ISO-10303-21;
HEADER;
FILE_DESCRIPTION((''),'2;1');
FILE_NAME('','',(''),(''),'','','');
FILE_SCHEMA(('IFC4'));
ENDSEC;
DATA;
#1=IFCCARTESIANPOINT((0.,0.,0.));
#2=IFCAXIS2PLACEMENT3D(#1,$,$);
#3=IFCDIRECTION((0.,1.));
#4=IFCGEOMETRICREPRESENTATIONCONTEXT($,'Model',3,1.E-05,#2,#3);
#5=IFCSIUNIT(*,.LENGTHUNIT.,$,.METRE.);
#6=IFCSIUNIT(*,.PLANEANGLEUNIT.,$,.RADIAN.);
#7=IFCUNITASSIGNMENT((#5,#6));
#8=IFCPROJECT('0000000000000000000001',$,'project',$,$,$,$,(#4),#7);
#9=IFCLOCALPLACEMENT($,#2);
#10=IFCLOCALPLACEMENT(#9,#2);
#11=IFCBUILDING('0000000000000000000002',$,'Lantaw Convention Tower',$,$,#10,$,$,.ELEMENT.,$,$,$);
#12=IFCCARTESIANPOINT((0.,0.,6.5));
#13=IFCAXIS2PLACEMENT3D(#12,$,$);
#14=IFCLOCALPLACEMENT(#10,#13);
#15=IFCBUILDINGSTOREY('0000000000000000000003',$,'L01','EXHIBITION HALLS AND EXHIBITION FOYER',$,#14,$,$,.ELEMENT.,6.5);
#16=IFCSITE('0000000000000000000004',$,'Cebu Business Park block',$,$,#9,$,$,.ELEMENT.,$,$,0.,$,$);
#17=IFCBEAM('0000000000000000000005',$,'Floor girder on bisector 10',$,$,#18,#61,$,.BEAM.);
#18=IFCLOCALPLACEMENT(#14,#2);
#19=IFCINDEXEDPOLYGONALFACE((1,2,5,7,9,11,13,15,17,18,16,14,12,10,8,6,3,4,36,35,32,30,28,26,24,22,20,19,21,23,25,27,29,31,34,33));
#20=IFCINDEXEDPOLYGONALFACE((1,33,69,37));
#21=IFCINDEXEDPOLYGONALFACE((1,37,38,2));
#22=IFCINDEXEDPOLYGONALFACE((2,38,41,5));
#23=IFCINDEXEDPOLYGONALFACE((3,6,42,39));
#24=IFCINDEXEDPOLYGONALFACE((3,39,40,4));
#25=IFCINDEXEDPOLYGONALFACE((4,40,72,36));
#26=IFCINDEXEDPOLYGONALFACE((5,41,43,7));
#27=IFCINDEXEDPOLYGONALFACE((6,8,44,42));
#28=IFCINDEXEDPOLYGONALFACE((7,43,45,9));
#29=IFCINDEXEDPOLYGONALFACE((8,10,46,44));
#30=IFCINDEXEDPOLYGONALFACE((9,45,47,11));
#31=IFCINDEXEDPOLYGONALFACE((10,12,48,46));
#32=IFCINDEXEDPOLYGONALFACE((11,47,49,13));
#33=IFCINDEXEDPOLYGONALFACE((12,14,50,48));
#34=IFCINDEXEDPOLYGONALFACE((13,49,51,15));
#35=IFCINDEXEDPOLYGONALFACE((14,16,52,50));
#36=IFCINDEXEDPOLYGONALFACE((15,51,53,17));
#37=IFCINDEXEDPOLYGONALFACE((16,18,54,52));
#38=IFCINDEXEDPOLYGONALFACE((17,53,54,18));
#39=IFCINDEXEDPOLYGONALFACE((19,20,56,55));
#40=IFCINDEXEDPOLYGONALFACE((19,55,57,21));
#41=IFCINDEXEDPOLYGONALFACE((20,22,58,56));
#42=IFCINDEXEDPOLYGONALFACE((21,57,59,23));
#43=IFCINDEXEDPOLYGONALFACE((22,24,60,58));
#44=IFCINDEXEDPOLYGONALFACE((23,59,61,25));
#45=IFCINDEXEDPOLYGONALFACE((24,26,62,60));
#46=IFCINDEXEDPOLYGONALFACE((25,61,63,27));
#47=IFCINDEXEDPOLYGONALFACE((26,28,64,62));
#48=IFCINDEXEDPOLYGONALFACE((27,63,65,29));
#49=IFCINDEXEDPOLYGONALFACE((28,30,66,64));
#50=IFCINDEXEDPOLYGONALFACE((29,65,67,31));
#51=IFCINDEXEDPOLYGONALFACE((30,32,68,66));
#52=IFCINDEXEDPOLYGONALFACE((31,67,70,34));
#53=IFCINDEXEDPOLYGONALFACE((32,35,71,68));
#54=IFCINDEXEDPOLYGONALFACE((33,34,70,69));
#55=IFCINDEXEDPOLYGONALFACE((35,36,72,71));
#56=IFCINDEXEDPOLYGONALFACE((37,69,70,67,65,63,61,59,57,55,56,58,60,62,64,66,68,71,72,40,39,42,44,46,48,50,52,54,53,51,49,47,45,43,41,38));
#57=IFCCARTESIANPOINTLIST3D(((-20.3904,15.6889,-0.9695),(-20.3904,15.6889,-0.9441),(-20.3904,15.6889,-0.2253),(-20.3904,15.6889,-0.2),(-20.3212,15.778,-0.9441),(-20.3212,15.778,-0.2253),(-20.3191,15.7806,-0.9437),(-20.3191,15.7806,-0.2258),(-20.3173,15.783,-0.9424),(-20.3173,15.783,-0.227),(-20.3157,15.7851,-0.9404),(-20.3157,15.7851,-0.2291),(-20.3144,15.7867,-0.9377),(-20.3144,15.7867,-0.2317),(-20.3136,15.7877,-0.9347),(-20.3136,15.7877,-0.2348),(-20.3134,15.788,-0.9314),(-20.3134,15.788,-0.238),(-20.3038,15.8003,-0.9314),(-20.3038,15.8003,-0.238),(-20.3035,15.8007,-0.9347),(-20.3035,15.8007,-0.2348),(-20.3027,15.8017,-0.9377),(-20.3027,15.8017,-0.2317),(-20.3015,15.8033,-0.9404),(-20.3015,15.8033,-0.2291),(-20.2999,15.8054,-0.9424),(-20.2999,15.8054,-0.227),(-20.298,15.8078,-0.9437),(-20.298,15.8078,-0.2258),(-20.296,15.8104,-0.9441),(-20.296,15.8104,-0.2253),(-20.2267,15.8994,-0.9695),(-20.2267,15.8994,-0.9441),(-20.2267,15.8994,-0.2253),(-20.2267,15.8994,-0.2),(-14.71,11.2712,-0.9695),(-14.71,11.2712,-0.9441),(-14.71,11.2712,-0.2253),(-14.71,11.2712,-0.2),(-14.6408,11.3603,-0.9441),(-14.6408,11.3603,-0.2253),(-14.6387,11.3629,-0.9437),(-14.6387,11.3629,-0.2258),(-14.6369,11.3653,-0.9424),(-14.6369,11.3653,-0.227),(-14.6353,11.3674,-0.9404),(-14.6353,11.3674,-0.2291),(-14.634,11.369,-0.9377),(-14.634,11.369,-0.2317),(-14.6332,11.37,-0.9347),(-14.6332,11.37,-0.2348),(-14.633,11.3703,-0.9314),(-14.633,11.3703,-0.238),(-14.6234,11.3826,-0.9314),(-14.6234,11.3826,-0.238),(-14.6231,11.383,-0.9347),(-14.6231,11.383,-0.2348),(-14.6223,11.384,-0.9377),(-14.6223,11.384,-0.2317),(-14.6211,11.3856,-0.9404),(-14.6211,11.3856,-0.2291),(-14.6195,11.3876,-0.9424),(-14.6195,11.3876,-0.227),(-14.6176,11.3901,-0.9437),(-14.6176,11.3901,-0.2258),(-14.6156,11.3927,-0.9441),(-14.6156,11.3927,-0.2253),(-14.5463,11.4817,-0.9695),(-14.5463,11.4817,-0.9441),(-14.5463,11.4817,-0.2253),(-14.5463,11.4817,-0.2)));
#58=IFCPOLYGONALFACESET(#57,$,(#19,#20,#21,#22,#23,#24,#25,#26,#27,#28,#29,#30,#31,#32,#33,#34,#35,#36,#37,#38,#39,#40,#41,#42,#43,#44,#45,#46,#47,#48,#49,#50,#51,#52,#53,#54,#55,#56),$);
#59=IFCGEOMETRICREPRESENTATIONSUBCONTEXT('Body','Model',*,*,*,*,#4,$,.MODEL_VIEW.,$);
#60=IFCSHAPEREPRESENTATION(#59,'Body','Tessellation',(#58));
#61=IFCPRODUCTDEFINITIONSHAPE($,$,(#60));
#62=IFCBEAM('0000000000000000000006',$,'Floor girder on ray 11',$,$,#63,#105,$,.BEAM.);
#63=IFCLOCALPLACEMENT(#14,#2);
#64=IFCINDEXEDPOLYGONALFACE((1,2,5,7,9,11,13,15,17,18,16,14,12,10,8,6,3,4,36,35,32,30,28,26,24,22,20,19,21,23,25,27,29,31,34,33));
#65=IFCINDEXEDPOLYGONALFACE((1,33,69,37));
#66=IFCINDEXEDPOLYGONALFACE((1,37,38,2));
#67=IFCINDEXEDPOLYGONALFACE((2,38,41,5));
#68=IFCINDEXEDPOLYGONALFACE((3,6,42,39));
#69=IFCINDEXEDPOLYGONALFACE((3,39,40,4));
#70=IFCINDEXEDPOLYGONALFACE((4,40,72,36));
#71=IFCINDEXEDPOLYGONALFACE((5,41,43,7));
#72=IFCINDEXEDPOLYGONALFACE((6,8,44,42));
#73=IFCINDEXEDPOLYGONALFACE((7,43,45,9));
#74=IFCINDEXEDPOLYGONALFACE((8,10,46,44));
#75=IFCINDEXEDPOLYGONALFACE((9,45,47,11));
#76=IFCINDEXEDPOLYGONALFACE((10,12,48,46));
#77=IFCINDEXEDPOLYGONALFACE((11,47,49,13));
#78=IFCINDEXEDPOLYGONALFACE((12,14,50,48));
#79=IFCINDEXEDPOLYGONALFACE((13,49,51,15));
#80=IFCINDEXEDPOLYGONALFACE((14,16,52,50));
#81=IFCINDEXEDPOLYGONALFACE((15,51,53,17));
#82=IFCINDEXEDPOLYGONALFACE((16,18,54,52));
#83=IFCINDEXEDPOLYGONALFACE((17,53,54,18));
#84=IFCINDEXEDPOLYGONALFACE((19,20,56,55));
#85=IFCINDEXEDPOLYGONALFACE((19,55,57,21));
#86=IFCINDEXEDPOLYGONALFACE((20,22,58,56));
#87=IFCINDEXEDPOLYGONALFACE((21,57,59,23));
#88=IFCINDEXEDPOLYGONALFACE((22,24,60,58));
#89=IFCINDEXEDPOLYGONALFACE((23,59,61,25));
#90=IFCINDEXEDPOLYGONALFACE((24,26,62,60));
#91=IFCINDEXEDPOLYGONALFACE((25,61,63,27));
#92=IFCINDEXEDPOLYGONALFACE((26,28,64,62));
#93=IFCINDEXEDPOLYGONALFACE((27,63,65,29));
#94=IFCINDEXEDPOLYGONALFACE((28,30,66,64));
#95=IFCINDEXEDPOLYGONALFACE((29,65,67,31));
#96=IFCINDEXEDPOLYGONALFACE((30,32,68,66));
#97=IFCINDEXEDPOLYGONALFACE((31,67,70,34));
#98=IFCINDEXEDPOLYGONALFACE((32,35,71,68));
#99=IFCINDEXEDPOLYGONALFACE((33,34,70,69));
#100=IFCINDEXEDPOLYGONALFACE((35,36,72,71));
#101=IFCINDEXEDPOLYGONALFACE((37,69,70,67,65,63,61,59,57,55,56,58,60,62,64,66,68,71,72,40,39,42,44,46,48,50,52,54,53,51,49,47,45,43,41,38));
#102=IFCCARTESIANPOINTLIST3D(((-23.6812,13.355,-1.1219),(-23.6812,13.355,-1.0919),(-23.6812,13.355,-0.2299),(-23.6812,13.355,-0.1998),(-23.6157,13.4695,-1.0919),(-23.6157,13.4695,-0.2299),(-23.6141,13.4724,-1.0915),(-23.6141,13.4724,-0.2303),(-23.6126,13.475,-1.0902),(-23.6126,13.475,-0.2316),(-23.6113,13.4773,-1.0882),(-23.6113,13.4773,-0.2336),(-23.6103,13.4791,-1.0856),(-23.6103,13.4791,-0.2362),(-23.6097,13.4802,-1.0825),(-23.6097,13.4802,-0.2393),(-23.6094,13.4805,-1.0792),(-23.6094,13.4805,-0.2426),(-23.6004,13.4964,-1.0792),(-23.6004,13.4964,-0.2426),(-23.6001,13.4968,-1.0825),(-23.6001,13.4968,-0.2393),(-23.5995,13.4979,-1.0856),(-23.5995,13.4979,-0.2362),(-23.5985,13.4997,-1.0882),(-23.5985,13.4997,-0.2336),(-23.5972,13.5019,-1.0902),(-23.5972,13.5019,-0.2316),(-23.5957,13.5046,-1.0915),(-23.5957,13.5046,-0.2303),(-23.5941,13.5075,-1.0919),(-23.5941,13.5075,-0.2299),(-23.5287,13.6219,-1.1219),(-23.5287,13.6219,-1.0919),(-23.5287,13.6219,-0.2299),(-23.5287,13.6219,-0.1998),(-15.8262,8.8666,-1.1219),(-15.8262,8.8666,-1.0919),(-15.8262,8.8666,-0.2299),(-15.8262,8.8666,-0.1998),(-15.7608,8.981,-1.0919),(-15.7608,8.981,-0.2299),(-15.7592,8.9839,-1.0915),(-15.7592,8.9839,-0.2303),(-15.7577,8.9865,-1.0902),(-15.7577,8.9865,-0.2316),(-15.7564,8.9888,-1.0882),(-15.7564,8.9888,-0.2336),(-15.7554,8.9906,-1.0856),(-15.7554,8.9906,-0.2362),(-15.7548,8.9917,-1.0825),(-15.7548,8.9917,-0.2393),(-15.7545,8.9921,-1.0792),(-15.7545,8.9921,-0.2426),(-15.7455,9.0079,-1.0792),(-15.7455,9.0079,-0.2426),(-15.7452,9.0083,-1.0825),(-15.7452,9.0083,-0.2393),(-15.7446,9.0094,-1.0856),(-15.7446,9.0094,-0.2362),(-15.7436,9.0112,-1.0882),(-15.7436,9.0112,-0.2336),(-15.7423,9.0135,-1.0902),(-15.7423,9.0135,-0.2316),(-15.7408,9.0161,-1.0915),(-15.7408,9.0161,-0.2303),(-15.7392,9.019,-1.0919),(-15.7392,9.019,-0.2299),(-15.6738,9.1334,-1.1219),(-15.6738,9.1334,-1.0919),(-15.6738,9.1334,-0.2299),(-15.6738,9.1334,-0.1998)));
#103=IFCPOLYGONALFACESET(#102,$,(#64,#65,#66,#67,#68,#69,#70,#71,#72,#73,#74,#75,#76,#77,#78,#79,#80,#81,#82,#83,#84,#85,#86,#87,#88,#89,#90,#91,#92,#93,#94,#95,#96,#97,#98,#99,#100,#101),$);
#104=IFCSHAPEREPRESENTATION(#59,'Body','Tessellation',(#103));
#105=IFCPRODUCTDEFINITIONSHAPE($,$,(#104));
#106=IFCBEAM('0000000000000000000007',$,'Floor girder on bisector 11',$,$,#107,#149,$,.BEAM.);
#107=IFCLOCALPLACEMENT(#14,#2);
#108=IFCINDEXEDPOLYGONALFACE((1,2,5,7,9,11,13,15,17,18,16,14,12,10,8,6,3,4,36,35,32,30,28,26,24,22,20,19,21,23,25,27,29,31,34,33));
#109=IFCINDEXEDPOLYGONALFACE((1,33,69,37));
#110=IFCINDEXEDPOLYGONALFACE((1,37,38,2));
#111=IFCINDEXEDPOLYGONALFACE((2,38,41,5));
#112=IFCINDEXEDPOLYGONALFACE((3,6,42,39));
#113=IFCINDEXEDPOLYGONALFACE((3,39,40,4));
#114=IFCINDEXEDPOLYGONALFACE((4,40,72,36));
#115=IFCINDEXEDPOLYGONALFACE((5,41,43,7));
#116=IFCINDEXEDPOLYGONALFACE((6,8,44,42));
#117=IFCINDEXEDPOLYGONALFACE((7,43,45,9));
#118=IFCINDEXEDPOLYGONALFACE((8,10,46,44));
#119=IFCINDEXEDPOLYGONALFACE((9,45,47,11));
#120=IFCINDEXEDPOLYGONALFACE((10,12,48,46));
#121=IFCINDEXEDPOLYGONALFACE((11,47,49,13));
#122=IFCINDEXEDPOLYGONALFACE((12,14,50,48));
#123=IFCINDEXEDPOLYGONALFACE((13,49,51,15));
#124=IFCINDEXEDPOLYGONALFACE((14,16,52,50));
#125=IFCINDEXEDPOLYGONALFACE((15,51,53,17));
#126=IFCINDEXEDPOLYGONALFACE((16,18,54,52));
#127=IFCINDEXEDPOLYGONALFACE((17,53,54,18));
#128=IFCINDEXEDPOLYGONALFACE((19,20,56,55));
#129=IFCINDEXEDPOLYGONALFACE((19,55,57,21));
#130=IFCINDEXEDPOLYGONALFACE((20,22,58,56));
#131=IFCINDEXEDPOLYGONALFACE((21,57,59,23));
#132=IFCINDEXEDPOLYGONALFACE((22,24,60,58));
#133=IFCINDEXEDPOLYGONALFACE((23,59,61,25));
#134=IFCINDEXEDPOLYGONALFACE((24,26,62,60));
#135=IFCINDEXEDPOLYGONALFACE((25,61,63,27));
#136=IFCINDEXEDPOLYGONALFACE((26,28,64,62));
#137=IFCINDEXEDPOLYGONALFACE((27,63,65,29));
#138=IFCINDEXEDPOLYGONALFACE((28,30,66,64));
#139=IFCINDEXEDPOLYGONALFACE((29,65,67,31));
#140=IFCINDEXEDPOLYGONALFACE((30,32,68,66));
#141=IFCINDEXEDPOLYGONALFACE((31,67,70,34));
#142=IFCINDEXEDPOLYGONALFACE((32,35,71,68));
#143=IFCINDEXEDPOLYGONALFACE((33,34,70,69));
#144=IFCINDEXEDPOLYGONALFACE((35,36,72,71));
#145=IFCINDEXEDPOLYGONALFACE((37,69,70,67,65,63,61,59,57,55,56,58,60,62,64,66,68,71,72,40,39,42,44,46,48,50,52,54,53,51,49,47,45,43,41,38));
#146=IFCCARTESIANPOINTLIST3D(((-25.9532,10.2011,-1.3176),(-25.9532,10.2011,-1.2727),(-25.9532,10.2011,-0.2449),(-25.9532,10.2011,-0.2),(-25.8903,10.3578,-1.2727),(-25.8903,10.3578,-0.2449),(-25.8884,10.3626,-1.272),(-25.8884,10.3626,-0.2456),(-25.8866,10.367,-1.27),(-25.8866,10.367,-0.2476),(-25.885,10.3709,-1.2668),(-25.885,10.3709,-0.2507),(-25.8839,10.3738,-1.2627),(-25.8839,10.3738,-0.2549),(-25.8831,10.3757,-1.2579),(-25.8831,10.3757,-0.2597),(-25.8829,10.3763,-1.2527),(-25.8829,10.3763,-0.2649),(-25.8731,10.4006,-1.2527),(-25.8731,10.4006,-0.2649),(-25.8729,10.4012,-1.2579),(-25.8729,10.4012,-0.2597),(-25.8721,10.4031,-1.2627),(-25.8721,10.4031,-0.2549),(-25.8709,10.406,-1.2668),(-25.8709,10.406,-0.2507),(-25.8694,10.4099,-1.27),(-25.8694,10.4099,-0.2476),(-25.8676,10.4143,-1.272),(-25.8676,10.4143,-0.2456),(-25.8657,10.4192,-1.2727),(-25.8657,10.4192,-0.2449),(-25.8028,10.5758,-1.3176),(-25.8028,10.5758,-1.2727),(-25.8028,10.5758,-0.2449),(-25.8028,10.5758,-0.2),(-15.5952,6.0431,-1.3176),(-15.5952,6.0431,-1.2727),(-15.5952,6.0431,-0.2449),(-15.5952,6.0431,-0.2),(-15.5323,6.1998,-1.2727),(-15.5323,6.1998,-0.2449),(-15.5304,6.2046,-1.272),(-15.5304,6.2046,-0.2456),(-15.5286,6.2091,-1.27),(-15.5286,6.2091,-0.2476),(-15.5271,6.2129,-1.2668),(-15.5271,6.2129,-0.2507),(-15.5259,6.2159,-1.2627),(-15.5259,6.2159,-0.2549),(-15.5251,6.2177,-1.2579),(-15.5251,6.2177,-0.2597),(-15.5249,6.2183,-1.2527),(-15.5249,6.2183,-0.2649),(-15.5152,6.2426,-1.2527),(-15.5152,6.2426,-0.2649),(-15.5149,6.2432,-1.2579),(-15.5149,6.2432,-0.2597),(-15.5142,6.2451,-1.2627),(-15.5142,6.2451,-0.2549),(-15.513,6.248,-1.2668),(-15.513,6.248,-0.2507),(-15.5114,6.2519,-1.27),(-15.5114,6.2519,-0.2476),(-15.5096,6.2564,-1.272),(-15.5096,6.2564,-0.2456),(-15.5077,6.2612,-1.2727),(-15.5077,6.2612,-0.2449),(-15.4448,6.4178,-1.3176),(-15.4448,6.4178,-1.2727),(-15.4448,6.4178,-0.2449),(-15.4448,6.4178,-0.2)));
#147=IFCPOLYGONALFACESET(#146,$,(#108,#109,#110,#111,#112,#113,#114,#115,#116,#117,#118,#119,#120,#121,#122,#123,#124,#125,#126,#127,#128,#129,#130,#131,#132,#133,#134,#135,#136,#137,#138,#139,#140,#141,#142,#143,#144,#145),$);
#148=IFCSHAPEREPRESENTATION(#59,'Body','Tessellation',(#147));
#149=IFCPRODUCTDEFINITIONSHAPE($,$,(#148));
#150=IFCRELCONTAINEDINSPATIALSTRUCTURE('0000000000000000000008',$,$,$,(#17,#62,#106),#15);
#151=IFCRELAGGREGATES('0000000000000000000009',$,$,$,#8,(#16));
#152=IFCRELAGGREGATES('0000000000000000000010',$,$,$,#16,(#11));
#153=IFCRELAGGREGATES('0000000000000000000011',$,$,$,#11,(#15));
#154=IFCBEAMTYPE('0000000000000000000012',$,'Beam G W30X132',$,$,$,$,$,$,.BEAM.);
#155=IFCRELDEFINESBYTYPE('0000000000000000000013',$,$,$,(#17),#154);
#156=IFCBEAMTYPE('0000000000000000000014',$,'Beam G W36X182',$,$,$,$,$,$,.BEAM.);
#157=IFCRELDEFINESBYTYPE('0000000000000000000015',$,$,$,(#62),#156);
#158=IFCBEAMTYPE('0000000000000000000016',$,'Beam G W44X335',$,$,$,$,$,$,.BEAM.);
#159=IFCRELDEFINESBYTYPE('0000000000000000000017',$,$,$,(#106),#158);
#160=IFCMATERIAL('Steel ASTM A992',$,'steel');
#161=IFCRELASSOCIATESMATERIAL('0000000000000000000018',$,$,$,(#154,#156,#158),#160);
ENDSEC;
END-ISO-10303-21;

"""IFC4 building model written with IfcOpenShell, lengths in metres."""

from ifc_helpers import new_model, si_unit, direction, frame, origin, origin_2d, place, context, subcontext, project, spatial, i_section, extrude, material, material_profile, profile_set, type_object, element, save


model = new_model("IFC4")

# Units and contexts
model_context = context("Model", 3, precision=1e-05, world=origin(), true_north=direction((0.0, 1.0)))
body_context = subcontext(model_context, "Body", "Model", "MODEL_VIEW")
ifc_project = project(units=[si_unit("LENGTHUNIT", "METRE"), si_unit("PLANEANGLEUNIT", "RADIAN")], contexts=[model_context])

# Site, building, storey
site_placement = place(None, origin())
site = spatial("IfcSite", under=ifc_project, at=site_placement, Name="Cebu Business Park block", CompositionType="ELEMENT", RefElevation=0.0)
building_placement = place(site_placement, origin())
building = spatial("IfcBuilding", under=site, at=building_placement, Name="Lantaw Convention Tower", CompositionType="ELEMENT")
storey_placement = place(building_placement, frame((0.0, 0.0, 6.5)))
storey = spatial("IfcBuildingStorey", under=building, at=storey_placement, Name="L01", Description="EXHIBITION HALLS AND EXHIBITION FOYER", CompositionType="ELEMENT", Elevation=6.5)

# Beams
ifc_material_1 = material(Name="Steel ASTM A992", Category="steel")
ifc_material_profile_1 = material_profile(ifc_material_1, i_section(OverallWidth=0.2666, OverallDepth=0.7695, WebThickness=0.0156, FlangeThickness=0.0254, FilletRadius=0.0127, at=origin_2d()), Name="W30X132")
ifc_profile_set_1 = profile_set([ifc_material_profile_1], Name="Steel ASTM A992")
beam_type_1 = type_object("IfcBeamType", Name="Beam G W30X132", PredefinedType="BEAM", material=ifc_profile_set_1)
beam_1_placement = place(storey_placement, frame((-14.6282, 11.3765, -0.5847), z_axis=(-0.789378, 0.613908, 0.0), x_axis=(-0.613908, -0.789378, 0.0)))
element("IfcBeam", 1, at=beam_1_placement, inside=storey, type_object=beam_type_1, Name="Floor girder on bisector 10", PredefinedType="BEAM", context=body_context, shape_type="SweptSolid", body=[
    extrude(i_section(OverallWidth=0.2666, OverallDepth=0.7695, WebThickness=0.0156, FlangeThickness=0.0254, FilletRadius=0.0127, at=origin_2d()), origin(), (0.0, 0.0, 1.0), 7.196),
])
ifc_material_profile_2 = material_profile(ifc_material_1, i_section(OverallWidth=0.3074, OverallDepth=0.9221, WebThickness=0.0183, FlangeThickness=0.03, FilletRadius=0.0127, at=origin_2d()), Name="W36X182")
ifc_profile_set_2 = profile_set([ifc_material_profile_2], Name="Steel ASTM A992")
beam_type_2 = type_object("IfcBeamType", Name="Beam G W36X182", PredefinedType="BEAM", material=ifc_profile_set_2)
beam_2_placement = place(storey_placement, frame((-15.75, 9.0, -0.6609), z_axis=(-0.868245, 0.496136, 0.0), x_axis=(-0.496136, -0.868245, 0.0)))
element("IfcBeam", 2, at=beam_2_placement, inside=storey, type_object=beam_type_2, Name="Floor girder on ray 11", PredefinedType="BEAM", context=body_context, shape_type="SweptSolid", body=[
    extrude(i_section(OverallWidth=0.3074, OverallDepth=0.9221, WebThickness=0.0183, FlangeThickness=0.03, FilletRadius=0.0127, at=origin_2d()), origin(), (0.0, 0.0, 1.0), 9.0469),
])
ifc_material_profile_3 = material_profile(ifc_material_1, i_section(OverallWidth=0.4038, OverallDepth=1.1177, WebThickness=0.0261, FlangeThickness=0.0449, FilletRadius=0.02, at=origin_2d()), Name="W44X335")
ifc_profile_set_3 = profile_set([ifc_material_profile_3], Name="Steel ASTM A992")
beam_type_3 = type_object("IfcBeamType", Name="Beam G W44X335", PredefinedType="BEAM", material=ifc_profile_set_3)
beam_3_placement = place(storey_placement, frame((-15.52, 6.2305, -0.7588), z_axis=(-0.928019, 0.372533, 0.0), x_axis=(-0.372533, -0.928019, 0.0)))
element("IfcBeam", 3, at=beam_3_placement, inside=storey, type_object=beam_type_3, Name="Floor girder on bisector 11", PredefinedType="BEAM", context=body_context, shape_type="SweptSolid", body=[
    extrude(i_section(OverallWidth=0.4038, OverallDepth=1.1177, WebThickness=0.0261, FlangeThickness=0.0449, FilletRadius=0.02, at=origin_2d()), origin(), (0.0, 0.0, 1.0), 11.1614),
])

save(model, "model.ifc")
